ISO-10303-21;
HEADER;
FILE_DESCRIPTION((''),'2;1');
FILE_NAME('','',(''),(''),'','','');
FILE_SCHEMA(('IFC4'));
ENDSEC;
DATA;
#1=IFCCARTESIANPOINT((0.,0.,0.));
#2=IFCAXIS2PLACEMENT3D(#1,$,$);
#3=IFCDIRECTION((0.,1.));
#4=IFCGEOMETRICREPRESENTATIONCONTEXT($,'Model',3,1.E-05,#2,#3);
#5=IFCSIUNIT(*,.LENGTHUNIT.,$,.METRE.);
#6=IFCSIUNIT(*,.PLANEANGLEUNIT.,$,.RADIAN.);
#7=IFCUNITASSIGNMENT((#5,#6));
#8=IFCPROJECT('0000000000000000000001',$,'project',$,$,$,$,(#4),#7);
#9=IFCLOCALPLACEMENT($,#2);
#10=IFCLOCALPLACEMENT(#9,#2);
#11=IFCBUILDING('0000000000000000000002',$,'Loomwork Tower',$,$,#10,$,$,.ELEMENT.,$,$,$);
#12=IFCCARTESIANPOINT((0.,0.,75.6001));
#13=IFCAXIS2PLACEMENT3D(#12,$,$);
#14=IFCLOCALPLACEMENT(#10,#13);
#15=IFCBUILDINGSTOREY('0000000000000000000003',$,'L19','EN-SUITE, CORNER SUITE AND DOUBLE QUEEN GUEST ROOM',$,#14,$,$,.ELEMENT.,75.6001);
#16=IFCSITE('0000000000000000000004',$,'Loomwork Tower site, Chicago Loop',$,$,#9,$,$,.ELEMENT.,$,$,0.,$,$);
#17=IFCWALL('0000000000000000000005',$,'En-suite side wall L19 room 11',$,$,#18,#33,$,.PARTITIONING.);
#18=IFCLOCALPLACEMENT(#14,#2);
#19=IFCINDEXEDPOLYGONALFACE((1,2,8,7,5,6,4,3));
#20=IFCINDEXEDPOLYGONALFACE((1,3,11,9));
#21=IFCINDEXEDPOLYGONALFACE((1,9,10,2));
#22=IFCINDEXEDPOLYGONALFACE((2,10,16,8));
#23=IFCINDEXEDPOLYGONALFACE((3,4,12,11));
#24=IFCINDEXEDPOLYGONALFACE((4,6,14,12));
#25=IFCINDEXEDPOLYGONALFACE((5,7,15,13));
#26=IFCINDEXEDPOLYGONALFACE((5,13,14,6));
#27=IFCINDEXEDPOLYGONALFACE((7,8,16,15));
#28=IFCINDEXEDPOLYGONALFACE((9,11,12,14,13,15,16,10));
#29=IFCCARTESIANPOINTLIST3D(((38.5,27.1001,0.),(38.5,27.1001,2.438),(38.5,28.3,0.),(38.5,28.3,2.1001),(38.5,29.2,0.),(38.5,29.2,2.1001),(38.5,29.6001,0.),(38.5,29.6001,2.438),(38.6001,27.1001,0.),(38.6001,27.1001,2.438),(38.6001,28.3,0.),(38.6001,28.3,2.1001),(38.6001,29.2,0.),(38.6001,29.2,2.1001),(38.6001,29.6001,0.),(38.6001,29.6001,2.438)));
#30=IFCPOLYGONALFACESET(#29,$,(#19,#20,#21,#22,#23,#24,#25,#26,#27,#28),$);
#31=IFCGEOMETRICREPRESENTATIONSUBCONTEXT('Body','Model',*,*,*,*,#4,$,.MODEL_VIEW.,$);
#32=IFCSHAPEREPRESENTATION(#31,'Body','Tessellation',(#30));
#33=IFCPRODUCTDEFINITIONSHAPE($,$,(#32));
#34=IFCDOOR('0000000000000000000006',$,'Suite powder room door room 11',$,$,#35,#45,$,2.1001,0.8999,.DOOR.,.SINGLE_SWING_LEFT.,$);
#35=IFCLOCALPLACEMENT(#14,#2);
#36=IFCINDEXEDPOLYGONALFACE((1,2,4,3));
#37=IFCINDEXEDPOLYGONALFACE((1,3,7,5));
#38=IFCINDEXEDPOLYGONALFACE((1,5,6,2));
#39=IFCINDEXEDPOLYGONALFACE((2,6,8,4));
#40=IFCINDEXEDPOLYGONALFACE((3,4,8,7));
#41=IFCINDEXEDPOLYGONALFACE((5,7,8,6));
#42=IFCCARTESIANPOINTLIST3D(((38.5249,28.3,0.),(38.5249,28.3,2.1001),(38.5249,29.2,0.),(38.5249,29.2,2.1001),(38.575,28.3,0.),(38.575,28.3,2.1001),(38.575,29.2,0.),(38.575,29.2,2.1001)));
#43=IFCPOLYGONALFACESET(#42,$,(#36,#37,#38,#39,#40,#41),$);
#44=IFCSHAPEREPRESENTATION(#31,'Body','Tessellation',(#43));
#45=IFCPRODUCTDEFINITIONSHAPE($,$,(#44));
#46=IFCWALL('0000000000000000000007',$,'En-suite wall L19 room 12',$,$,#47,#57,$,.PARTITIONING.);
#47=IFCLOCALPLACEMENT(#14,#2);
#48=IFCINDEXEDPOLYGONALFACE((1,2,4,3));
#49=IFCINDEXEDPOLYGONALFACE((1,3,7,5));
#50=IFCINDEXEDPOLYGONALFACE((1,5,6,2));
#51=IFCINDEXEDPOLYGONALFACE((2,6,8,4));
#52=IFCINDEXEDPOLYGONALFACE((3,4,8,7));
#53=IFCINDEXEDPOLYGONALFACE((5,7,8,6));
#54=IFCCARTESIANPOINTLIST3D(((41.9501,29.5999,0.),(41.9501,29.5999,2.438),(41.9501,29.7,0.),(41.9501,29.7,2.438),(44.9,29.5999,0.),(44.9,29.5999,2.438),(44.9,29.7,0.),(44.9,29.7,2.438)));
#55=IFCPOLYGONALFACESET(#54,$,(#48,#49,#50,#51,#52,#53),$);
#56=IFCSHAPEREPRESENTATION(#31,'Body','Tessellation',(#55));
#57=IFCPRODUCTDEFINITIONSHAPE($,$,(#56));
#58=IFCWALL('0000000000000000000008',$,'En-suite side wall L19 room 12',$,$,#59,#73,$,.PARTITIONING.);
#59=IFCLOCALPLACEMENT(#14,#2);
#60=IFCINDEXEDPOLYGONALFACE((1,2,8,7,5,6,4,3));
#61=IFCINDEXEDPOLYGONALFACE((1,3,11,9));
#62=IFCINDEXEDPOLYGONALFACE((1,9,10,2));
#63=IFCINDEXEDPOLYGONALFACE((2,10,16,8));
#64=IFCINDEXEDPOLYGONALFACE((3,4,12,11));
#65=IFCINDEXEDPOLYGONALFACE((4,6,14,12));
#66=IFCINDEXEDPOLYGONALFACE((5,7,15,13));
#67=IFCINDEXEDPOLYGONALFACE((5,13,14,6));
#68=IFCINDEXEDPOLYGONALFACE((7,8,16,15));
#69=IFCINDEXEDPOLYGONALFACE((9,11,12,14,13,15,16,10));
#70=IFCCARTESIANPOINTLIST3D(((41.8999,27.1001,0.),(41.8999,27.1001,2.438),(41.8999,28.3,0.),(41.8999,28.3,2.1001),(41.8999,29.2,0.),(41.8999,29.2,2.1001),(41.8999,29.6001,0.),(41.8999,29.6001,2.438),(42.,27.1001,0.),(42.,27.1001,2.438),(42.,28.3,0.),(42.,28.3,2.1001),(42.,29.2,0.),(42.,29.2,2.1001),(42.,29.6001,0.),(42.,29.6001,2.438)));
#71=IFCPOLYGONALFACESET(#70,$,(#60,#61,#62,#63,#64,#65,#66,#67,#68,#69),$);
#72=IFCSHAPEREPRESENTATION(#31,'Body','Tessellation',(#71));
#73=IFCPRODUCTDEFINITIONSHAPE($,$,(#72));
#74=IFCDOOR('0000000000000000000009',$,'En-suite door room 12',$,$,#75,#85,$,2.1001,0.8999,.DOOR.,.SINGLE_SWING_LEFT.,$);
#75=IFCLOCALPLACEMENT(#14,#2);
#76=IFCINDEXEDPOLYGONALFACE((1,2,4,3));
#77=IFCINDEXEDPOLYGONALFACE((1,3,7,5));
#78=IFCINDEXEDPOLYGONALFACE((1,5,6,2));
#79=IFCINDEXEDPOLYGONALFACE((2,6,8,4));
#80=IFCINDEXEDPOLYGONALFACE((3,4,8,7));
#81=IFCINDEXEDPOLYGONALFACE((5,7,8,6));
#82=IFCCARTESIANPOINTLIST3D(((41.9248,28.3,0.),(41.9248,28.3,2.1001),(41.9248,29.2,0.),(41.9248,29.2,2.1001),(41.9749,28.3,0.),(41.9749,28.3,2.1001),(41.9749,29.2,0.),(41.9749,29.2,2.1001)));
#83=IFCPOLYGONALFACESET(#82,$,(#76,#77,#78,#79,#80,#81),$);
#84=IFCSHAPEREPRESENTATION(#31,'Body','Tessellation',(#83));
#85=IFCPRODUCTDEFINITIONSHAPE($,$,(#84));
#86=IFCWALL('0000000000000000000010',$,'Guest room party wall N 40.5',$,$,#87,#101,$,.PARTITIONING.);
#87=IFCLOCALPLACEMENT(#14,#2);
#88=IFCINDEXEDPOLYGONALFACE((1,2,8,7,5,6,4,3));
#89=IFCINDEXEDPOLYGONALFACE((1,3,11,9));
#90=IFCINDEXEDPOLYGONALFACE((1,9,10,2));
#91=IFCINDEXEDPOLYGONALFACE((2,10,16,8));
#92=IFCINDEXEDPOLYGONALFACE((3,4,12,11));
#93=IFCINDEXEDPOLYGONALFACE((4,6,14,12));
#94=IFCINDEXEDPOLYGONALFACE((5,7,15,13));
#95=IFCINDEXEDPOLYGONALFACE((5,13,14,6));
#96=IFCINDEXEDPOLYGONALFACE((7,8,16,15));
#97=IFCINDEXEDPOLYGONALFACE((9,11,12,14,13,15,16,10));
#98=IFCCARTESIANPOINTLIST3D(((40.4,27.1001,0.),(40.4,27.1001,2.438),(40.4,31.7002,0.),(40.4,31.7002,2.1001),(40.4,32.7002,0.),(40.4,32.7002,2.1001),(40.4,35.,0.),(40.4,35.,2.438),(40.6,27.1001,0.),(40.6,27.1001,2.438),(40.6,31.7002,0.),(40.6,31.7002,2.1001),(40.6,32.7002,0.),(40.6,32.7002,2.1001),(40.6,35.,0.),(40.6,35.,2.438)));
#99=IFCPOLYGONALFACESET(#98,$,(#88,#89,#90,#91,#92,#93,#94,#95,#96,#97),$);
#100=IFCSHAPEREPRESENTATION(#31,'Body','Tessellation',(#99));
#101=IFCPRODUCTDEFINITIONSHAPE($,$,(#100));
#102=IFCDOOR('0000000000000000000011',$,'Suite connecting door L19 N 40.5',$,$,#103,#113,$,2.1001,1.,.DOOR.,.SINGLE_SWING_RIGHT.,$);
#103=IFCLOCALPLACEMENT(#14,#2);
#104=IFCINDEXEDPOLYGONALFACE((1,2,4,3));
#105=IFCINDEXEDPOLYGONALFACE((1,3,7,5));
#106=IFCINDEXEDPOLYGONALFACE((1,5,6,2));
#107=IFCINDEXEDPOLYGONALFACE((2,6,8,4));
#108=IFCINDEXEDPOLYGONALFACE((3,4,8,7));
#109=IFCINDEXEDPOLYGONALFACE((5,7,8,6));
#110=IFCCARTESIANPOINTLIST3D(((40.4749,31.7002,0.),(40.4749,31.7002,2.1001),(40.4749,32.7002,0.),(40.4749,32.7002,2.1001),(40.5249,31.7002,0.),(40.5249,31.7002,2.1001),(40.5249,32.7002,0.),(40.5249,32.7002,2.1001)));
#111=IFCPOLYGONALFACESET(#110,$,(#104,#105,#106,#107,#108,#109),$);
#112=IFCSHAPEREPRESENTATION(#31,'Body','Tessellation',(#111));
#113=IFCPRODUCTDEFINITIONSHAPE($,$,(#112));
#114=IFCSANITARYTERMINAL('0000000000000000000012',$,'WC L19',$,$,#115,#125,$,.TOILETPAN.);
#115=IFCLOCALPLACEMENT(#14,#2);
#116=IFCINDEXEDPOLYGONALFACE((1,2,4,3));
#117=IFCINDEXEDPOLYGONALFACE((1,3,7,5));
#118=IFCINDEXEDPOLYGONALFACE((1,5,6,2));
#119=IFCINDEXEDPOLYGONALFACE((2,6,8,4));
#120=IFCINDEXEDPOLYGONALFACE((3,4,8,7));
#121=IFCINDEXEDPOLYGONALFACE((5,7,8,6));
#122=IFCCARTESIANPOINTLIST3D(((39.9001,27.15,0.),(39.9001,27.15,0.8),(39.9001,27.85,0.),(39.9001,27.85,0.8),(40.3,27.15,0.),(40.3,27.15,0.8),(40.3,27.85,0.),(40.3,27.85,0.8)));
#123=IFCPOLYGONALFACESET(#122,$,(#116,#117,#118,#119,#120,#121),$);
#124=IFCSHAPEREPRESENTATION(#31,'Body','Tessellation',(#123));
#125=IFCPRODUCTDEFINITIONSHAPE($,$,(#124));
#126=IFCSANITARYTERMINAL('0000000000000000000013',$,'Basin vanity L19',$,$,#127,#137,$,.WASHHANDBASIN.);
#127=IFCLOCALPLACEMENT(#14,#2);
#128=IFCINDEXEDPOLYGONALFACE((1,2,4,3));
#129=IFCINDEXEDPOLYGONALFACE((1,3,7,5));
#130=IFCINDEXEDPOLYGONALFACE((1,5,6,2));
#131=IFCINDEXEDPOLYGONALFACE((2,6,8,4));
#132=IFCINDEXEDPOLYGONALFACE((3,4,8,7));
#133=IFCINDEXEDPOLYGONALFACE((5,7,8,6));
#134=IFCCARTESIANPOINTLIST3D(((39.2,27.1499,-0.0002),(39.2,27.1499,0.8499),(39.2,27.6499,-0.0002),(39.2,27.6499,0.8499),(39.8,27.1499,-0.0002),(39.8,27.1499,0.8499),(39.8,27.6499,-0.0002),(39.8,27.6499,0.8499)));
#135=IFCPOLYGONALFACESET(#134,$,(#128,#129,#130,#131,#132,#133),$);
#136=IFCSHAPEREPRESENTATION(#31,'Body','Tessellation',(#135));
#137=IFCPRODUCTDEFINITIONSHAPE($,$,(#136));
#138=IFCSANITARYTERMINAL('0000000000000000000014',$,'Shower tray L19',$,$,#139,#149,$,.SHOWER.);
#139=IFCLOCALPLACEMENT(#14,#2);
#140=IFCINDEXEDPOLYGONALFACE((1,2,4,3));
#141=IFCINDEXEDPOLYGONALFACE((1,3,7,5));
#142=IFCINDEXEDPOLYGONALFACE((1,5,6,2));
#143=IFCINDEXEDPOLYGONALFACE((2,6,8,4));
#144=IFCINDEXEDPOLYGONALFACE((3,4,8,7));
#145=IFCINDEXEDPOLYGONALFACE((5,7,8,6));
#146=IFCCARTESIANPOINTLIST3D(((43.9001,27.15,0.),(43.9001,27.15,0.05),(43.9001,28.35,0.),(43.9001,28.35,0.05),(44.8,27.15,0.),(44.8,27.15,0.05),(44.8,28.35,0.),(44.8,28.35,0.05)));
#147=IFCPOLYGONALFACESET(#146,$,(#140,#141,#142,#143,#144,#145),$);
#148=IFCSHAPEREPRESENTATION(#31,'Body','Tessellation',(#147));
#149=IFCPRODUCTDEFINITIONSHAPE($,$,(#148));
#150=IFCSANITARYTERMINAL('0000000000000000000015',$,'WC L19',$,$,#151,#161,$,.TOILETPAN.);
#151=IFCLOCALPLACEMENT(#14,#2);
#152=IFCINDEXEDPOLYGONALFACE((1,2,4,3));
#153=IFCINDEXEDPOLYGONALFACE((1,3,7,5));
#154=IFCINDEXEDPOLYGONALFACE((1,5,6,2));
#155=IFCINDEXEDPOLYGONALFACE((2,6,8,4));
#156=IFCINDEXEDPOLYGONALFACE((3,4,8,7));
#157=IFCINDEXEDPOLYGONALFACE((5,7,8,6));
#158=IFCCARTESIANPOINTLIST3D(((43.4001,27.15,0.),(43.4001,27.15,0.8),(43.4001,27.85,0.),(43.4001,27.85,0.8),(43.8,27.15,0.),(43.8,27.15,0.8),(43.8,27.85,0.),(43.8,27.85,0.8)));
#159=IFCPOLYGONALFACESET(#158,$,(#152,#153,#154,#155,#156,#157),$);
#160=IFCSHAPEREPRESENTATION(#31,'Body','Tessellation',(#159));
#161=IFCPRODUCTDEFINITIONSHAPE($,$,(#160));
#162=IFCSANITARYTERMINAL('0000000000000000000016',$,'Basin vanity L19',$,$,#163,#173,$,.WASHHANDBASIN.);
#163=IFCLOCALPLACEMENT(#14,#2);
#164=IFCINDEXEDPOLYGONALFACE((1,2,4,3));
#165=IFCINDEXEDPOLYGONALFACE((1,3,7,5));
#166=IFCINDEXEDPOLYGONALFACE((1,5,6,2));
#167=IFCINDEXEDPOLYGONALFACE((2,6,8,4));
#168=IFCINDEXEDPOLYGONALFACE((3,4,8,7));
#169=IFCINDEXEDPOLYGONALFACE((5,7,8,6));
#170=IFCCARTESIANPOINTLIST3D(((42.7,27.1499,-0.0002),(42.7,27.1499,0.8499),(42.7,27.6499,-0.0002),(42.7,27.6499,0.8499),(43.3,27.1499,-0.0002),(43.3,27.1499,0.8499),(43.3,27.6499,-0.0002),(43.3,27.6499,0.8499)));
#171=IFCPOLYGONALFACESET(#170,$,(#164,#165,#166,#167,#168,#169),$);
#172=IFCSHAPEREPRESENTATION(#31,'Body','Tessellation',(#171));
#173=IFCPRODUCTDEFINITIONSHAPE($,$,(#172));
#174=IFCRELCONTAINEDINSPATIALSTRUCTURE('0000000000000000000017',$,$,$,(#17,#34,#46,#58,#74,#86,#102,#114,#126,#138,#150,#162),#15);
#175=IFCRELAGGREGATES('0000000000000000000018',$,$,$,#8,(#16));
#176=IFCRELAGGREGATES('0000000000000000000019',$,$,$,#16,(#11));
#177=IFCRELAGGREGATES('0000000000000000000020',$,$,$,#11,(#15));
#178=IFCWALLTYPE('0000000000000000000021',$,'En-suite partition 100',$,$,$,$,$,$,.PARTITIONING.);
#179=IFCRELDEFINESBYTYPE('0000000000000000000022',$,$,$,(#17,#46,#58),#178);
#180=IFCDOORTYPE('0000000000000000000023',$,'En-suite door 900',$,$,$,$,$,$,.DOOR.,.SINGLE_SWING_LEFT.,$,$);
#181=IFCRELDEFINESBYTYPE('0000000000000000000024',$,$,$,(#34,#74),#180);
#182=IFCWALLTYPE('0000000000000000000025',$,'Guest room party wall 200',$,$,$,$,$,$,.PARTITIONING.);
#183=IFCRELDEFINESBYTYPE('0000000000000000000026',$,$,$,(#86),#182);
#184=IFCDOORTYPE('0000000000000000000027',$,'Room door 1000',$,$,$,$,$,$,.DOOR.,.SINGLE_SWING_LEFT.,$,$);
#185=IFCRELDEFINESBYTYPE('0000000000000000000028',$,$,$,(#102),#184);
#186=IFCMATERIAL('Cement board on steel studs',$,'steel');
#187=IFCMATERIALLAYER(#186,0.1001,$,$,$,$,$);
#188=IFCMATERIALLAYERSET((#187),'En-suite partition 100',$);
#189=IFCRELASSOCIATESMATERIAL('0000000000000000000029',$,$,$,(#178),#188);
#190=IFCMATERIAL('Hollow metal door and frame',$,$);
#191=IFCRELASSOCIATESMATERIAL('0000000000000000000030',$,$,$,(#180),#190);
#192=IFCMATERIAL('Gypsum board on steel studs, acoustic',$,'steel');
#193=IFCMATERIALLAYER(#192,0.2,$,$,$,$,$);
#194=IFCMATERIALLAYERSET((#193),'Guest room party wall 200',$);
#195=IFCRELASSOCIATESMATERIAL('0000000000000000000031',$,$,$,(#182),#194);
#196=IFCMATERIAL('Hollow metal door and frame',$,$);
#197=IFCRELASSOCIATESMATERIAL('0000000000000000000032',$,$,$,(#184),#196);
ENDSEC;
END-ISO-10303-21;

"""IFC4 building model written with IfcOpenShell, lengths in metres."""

from ifc_helpers import new_model, si_unit, direction, frame, frame_2d, origin, origin_2d, place, context, subcontext, project, spatial, rectangle, extrude, material, layer, layer_set, type_object, element, fill, save


model = new_model("IFC4")

# Units and contexts
model_context = context("Model", 3, precision=1e-05, world=origin(), true_north=direction((0.0, 1.0)))
body_context = subcontext(model_context, "Body", "Model", "MODEL_VIEW")
ifc_project = project(units=[si_unit("LENGTHUNIT", "METRE"), si_unit("PLANEANGLEUNIT", "RADIAN")], contexts=[model_context])

# Site, building, storey
site_placement = place(None, origin())
site = spatial("IfcSite", under=ifc_project, at=site_placement, Name="Loomwork Tower site, Chicago Loop", CompositionType="ELEMENT", RefElevation=0.0)
building_placement = place(site_placement, origin())
building = spatial("IfcBuilding", under=site, at=building_placement, Name="Loomwork Tower", CompositionType="ELEMENT")
storey_placement = place(building_placement, frame((0.0, 0.0, 75.6001)))
storey = spatial("IfcBuildingStorey", under=building, at=storey_placement, Name="L19", Description="EN-SUITE, CORNER SUITE AND DOUBLE QUEEN GUEST ROOM", CompositionType="ELEMENT", Elevation=75.6001)

# Shared definitions
ifc_material_1 = material(Name="Cement board on steel studs", Category="steel")
ifc_layer_1 = layer(ifc_material_1, 0.1001)
ifc_layer_set_1 = layer_set([ifc_layer_1], Name="En-suite partition 100")
wall_type_1 = type_object("IfcWallType", Name="En-suite partition 100", PredefinedType="PARTITIONING", material=ifc_layer_set_1)

# Wall, opening, door
wall_1_placement = place(storey_placement, frame((38.55, 27.1001, 0.0), z_axis=(0.0, 0.0, 1.0), x_axis=(0.0, 1.0, 0.0)))
wall_1 = element("IfcWall", 1, at=wall_1_placement, inside=storey, type_object=wall_type_1, Name="En-suite side wall L19 room 11", PredefinedType="PARTITIONING", context=body_context, shape_type="SweptSolid", body=[
    extrude(rectangle(XDim=2.5, YDim=0.1001, at=frame_2d((1.25, 0.0))), origin(), (0.0, 0.0, 1.0), 2.438),
])
opening_1_placement = place(wall_1_placement, frame((1.2, 0.0, 0.0)))
opening_1 = element("IfcOpeningElement", 2, at=opening_1_placement, cuts=wall_1, PredefinedType="OPENING", context=body_context, shape_type="SweptSolid", body=[
    extrude(rectangle(XDim=0.8999, YDim=2.1001, at=frame_2d((0.45, 1.05))), frame((0.0, 0.0601, 0.0), z_axis=(0.0, -1.0, 0.0), x_axis=(1.0, 0.0, 0.0)), (0.0, 0.0, 1.0), 0.1201),
])
ifc_material_2 = material(Name="Hollow metal door and frame")
door_type_1 = type_object("IfcDoorType", Name="En-suite door 900", OperationType="SINGLE_SWING_LEFT", PredefinedType="DOOR", material=ifc_material_2)
door_1_placement = place(opening_1_placement, frame((0.8999, 0.0, 0.0), z_axis=(0.0, 0.0, 1.0), x_axis=(-1.0, 0.0, 0.0)))
door_1 = element("IfcDoor", 3, at=door_1_placement, inside=storey, type_object=door_type_1, Name="Suite powder room door room 11", OperationType="SINGLE_SWING_LEFT", OverallHeight=2.1001, OverallWidth=0.8999, PredefinedType="DOOR", context=body_context, shape_type="SweptSolid", body=[
    extrude(rectangle(XDim=0.8999, YDim=2.1001, at=frame_2d((0.45, 1.05))), frame((0.0, 0.0249, 0.0), z_axis=(0.0, -1.0, 0.0), x_axis=(1.0, 0.0, 0.0)), (0.0, 0.0, 1.0), 0.05),
])
fill(opening_1, door_1)

# Wall
wall_2_placement = place(storey_placement, frame((41.95, 29.6499, 0.0), z_axis=(0.0, 0.0, 1.0), x_axis=(1.0, 0.0, 0.0)))
element("IfcWall", 4, at=wall_2_placement, inside=storey, type_object=wall_type_1, Name="En-suite wall L19 room 12", PredefinedType="PARTITIONING", context=body_context, shape_type="SweptSolid", body=[
    extrude(rectangle(XDim=2.95, YDim=0.1001, at=frame_2d((1.4751, 0.0))), origin(), (0.0, 0.0, 1.0), 2.438),
])

# Walls, openings, doors
wall_3_placement = place(storey_placement, frame((41.95, 27.1001, 0.0), z_axis=(0.0, 0.0, 1.0), x_axis=(0.0, 1.0, 0.0)))
wall_3 = element("IfcWall", 5, at=wall_3_placement, inside=storey, type_object=wall_type_1, Name="En-suite side wall L19 room 12", PredefinedType="PARTITIONING", context=body_context, shape_type="SweptSolid", body=[
    extrude(rectangle(XDim=2.5, YDim=0.1001, at=frame_2d((1.25, 0.0))), origin(), (0.0, 0.0, 1.0), 2.438),
])
opening_2_placement = place(wall_3_placement, frame((1.2, 0.0, 0.0)))
opening_2 = element("IfcOpeningElement", 6, at=opening_2_placement, cuts=wall_3, PredefinedType="OPENING", context=body_context, shape_type="SweptSolid", body=[
    extrude(rectangle(XDim=0.8999, YDim=2.1001, at=frame_2d((0.45, 1.05))), frame((0.0, 0.0601, 0.0), z_axis=(0.0, -1.0, 0.0), x_axis=(1.0, 0.0, 0.0)), (0.0, 0.0, 1.0), 0.1201),
])
door_2_placement = place(opening_2_placement, frame((0.8999, 0.0, 0.0), z_axis=(0.0, 0.0, 1.0), x_axis=(-1.0, 0.0, 0.0)))
door_2 = element("IfcDoor", 7, at=door_2_placement, inside=storey, type_object=door_type_1, Name="En-suite door room 12", OperationType="SINGLE_SWING_LEFT", OverallHeight=2.1001, OverallWidth=0.8999, PredefinedType="DOOR", context=body_context, shape_type="SweptSolid", body=[
    extrude(rectangle(XDim=0.8999, YDim=2.1001, at=frame_2d((0.45, 1.05))), frame((0.0, 0.0249, 0.0), z_axis=(0.0, -1.0, 0.0), x_axis=(1.0, 0.0, 0.0)), (0.0, 0.0, 1.0), 0.05),
])
fill(opening_2, door_2)
ifc_material_3 = material(Name="Gypsum board on steel studs, acoustic", Category="steel")
ifc_layer_2 = layer(ifc_material_3, 0.2)
ifc_layer_set_2 = layer_set([ifc_layer_2], Name="Guest room party wall 200")
wall_type_2 = type_object("IfcWallType", Name="Guest room party wall 200", PredefinedType="PARTITIONING", material=ifc_layer_set_2)
wall_4_placement = place(storey_placement, frame((40.5, 27.1001, 0.0), z_axis=(0.0, 0.0, 1.0), x_axis=(0.0, 1.0, 0.0)))
wall_4 = element("IfcWall", 8, at=wall_4_placement, inside=storey, type_object=wall_type_2, Name="Guest room party wall N 40.5", PredefinedType="PARTITIONING", context=body_context, shape_type="SweptSolid", body=[
    extrude(rectangle(XDim=7.8999, YDim=0.2, at=frame_2d((3.95, 0.0))), origin(), (0.0, 0.0, 1.0), 2.438),
])
opening_3_placement = place(wall_4_placement, frame((4.6001, 0.0, 0.0)))
opening_3 = element("IfcOpeningElement", 9, at=opening_3_placement, cuts=wall_4, PredefinedType="OPENING", context=body_context, shape_type="SweptSolid", body=[
    extrude(rectangle(XDim=1.0, YDim=2.1001, at=frame_2d((0.5, 1.05))), frame((0.0, 0.1099, 0.0), z_axis=(0.0, -1.0, 0.0), x_axis=(1.0, 0.0, 0.0)), (0.0, 0.0, 1.0), 0.22),
])
ifc_material_4 = material(Name="Hollow metal door and frame")
door_type_2 = type_object("IfcDoorType", Name="Room door 1000", OperationType="SINGLE_SWING_LEFT", PredefinedType="DOOR", material=ifc_material_4)
door_3_placement = place(opening_3_placement, frame((1.0, 0.0, 0.0), z_axis=(0.0, 0.0, 1.0), x_axis=(-1.0, 0.0, 0.0)))
door_3 = element("IfcDoor", 10, at=door_3_placement, inside=storey, type_object=door_type_2, Name="Suite connecting door L19 N 40.5", OperationType="SINGLE_SWING_RIGHT", OverallHeight=2.1001, OverallWidth=1.0, PredefinedType="DOOR", context=body_context, shape_type="SweptSolid", body=[
    extrude(rectangle(XDim=1.0, YDim=2.1001, at=frame_2d((0.5, 1.05))), frame((0.0, 0.0249, 0.0), z_axis=(0.0, -1.0, 0.0), x_axis=(1.0, 0.0, 0.0)), (0.0, 0.0, 1.0), 0.05),
])
fill(opening_3, door_3)

# Sanitary terminals
sanitary_terminal_1_placement = place(storey_placement, frame((40.1001, 27.5, 0.0), z_axis=(0.0, 0.0, 1.0), x_axis=(1.0, 0.0, 0.0)))
element("IfcSanitaryTerminal", 11, at=sanitary_terminal_1_placement, inside=storey, Name="WC L19", PredefinedType="TOILETPAN", context=body_context, shape_type="SweptSolid", body=[
    extrude(rectangle(XDim=0.3999, YDim=0.7, at=origin_2d()), origin(), (0.0, 0.0, 1.0), 0.8),
])
sanitary_terminal_2_placement = place(storey_placement, frame((39.5, 27.3999, -0.0002), z_axis=(0.0, 0.0, 1.0), x_axis=(1.0, 0.0, 0.0)))
element("IfcSanitaryTerminal", 12, at=sanitary_terminal_2_placement, inside=storey, Name="Basin vanity L19", PredefinedType="WASHHANDBASIN", context=body_context, shape_type="SweptSolid", body=[
    extrude(rectangle(XDim=0.6001, YDim=0.5, at=origin_2d()), origin(), (0.0, 0.0, 1.0), 0.8501),
])
sanitary_terminal_3_placement = place(storey_placement, frame((44.3501, 27.75, 0.0), z_axis=(0.0, 0.0, 1.0), x_axis=(1.0, 0.0, 0.0)))
element("IfcSanitaryTerminal", 13, at=sanitary_terminal_3_placement, inside=storey, Name="Shower tray L19", PredefinedType="SHOWER", context=body_context, shape_type="SweptSolid", body=[
    extrude(rectangle(XDim=0.8999, YDim=1.2, at=origin_2d()), origin(), (0.0, 0.0, 1.0), 0.05),
])
sanitary_terminal_4_placement = place(storey_placement, frame((43.6001, 27.5, 0.0), z_axis=(0.0, 0.0, 1.0), x_axis=(1.0, 0.0, 0.0)))
element("IfcSanitaryTerminal", 14, at=sanitary_terminal_4_placement, inside=storey, Name="WC L19", PredefinedType="TOILETPAN", context=body_context, shape_type="SweptSolid", body=[
    extrude(rectangle(XDim=0.3999, YDim=0.7, at=origin_2d()), origin(), (0.0, 0.0, 1.0), 0.8),
])
sanitary_terminal_5_placement = place(storey_placement, frame((43.0, 27.3999, -0.0002), z_axis=(0.0, 0.0, 1.0), x_axis=(1.0, 0.0, 0.0)))
element("IfcSanitaryTerminal", 15, at=sanitary_terminal_5_placement, inside=storey, Name="Basin vanity L19", PredefinedType="WASHHANDBASIN", context=body_context, shape_type="SweptSolid", body=[
    extrude(rectangle(XDim=0.6001, YDim=0.5, at=origin_2d()), origin(), (0.0, 0.0, 1.0), 0.8501),
])

save(model, "model.ifc")
